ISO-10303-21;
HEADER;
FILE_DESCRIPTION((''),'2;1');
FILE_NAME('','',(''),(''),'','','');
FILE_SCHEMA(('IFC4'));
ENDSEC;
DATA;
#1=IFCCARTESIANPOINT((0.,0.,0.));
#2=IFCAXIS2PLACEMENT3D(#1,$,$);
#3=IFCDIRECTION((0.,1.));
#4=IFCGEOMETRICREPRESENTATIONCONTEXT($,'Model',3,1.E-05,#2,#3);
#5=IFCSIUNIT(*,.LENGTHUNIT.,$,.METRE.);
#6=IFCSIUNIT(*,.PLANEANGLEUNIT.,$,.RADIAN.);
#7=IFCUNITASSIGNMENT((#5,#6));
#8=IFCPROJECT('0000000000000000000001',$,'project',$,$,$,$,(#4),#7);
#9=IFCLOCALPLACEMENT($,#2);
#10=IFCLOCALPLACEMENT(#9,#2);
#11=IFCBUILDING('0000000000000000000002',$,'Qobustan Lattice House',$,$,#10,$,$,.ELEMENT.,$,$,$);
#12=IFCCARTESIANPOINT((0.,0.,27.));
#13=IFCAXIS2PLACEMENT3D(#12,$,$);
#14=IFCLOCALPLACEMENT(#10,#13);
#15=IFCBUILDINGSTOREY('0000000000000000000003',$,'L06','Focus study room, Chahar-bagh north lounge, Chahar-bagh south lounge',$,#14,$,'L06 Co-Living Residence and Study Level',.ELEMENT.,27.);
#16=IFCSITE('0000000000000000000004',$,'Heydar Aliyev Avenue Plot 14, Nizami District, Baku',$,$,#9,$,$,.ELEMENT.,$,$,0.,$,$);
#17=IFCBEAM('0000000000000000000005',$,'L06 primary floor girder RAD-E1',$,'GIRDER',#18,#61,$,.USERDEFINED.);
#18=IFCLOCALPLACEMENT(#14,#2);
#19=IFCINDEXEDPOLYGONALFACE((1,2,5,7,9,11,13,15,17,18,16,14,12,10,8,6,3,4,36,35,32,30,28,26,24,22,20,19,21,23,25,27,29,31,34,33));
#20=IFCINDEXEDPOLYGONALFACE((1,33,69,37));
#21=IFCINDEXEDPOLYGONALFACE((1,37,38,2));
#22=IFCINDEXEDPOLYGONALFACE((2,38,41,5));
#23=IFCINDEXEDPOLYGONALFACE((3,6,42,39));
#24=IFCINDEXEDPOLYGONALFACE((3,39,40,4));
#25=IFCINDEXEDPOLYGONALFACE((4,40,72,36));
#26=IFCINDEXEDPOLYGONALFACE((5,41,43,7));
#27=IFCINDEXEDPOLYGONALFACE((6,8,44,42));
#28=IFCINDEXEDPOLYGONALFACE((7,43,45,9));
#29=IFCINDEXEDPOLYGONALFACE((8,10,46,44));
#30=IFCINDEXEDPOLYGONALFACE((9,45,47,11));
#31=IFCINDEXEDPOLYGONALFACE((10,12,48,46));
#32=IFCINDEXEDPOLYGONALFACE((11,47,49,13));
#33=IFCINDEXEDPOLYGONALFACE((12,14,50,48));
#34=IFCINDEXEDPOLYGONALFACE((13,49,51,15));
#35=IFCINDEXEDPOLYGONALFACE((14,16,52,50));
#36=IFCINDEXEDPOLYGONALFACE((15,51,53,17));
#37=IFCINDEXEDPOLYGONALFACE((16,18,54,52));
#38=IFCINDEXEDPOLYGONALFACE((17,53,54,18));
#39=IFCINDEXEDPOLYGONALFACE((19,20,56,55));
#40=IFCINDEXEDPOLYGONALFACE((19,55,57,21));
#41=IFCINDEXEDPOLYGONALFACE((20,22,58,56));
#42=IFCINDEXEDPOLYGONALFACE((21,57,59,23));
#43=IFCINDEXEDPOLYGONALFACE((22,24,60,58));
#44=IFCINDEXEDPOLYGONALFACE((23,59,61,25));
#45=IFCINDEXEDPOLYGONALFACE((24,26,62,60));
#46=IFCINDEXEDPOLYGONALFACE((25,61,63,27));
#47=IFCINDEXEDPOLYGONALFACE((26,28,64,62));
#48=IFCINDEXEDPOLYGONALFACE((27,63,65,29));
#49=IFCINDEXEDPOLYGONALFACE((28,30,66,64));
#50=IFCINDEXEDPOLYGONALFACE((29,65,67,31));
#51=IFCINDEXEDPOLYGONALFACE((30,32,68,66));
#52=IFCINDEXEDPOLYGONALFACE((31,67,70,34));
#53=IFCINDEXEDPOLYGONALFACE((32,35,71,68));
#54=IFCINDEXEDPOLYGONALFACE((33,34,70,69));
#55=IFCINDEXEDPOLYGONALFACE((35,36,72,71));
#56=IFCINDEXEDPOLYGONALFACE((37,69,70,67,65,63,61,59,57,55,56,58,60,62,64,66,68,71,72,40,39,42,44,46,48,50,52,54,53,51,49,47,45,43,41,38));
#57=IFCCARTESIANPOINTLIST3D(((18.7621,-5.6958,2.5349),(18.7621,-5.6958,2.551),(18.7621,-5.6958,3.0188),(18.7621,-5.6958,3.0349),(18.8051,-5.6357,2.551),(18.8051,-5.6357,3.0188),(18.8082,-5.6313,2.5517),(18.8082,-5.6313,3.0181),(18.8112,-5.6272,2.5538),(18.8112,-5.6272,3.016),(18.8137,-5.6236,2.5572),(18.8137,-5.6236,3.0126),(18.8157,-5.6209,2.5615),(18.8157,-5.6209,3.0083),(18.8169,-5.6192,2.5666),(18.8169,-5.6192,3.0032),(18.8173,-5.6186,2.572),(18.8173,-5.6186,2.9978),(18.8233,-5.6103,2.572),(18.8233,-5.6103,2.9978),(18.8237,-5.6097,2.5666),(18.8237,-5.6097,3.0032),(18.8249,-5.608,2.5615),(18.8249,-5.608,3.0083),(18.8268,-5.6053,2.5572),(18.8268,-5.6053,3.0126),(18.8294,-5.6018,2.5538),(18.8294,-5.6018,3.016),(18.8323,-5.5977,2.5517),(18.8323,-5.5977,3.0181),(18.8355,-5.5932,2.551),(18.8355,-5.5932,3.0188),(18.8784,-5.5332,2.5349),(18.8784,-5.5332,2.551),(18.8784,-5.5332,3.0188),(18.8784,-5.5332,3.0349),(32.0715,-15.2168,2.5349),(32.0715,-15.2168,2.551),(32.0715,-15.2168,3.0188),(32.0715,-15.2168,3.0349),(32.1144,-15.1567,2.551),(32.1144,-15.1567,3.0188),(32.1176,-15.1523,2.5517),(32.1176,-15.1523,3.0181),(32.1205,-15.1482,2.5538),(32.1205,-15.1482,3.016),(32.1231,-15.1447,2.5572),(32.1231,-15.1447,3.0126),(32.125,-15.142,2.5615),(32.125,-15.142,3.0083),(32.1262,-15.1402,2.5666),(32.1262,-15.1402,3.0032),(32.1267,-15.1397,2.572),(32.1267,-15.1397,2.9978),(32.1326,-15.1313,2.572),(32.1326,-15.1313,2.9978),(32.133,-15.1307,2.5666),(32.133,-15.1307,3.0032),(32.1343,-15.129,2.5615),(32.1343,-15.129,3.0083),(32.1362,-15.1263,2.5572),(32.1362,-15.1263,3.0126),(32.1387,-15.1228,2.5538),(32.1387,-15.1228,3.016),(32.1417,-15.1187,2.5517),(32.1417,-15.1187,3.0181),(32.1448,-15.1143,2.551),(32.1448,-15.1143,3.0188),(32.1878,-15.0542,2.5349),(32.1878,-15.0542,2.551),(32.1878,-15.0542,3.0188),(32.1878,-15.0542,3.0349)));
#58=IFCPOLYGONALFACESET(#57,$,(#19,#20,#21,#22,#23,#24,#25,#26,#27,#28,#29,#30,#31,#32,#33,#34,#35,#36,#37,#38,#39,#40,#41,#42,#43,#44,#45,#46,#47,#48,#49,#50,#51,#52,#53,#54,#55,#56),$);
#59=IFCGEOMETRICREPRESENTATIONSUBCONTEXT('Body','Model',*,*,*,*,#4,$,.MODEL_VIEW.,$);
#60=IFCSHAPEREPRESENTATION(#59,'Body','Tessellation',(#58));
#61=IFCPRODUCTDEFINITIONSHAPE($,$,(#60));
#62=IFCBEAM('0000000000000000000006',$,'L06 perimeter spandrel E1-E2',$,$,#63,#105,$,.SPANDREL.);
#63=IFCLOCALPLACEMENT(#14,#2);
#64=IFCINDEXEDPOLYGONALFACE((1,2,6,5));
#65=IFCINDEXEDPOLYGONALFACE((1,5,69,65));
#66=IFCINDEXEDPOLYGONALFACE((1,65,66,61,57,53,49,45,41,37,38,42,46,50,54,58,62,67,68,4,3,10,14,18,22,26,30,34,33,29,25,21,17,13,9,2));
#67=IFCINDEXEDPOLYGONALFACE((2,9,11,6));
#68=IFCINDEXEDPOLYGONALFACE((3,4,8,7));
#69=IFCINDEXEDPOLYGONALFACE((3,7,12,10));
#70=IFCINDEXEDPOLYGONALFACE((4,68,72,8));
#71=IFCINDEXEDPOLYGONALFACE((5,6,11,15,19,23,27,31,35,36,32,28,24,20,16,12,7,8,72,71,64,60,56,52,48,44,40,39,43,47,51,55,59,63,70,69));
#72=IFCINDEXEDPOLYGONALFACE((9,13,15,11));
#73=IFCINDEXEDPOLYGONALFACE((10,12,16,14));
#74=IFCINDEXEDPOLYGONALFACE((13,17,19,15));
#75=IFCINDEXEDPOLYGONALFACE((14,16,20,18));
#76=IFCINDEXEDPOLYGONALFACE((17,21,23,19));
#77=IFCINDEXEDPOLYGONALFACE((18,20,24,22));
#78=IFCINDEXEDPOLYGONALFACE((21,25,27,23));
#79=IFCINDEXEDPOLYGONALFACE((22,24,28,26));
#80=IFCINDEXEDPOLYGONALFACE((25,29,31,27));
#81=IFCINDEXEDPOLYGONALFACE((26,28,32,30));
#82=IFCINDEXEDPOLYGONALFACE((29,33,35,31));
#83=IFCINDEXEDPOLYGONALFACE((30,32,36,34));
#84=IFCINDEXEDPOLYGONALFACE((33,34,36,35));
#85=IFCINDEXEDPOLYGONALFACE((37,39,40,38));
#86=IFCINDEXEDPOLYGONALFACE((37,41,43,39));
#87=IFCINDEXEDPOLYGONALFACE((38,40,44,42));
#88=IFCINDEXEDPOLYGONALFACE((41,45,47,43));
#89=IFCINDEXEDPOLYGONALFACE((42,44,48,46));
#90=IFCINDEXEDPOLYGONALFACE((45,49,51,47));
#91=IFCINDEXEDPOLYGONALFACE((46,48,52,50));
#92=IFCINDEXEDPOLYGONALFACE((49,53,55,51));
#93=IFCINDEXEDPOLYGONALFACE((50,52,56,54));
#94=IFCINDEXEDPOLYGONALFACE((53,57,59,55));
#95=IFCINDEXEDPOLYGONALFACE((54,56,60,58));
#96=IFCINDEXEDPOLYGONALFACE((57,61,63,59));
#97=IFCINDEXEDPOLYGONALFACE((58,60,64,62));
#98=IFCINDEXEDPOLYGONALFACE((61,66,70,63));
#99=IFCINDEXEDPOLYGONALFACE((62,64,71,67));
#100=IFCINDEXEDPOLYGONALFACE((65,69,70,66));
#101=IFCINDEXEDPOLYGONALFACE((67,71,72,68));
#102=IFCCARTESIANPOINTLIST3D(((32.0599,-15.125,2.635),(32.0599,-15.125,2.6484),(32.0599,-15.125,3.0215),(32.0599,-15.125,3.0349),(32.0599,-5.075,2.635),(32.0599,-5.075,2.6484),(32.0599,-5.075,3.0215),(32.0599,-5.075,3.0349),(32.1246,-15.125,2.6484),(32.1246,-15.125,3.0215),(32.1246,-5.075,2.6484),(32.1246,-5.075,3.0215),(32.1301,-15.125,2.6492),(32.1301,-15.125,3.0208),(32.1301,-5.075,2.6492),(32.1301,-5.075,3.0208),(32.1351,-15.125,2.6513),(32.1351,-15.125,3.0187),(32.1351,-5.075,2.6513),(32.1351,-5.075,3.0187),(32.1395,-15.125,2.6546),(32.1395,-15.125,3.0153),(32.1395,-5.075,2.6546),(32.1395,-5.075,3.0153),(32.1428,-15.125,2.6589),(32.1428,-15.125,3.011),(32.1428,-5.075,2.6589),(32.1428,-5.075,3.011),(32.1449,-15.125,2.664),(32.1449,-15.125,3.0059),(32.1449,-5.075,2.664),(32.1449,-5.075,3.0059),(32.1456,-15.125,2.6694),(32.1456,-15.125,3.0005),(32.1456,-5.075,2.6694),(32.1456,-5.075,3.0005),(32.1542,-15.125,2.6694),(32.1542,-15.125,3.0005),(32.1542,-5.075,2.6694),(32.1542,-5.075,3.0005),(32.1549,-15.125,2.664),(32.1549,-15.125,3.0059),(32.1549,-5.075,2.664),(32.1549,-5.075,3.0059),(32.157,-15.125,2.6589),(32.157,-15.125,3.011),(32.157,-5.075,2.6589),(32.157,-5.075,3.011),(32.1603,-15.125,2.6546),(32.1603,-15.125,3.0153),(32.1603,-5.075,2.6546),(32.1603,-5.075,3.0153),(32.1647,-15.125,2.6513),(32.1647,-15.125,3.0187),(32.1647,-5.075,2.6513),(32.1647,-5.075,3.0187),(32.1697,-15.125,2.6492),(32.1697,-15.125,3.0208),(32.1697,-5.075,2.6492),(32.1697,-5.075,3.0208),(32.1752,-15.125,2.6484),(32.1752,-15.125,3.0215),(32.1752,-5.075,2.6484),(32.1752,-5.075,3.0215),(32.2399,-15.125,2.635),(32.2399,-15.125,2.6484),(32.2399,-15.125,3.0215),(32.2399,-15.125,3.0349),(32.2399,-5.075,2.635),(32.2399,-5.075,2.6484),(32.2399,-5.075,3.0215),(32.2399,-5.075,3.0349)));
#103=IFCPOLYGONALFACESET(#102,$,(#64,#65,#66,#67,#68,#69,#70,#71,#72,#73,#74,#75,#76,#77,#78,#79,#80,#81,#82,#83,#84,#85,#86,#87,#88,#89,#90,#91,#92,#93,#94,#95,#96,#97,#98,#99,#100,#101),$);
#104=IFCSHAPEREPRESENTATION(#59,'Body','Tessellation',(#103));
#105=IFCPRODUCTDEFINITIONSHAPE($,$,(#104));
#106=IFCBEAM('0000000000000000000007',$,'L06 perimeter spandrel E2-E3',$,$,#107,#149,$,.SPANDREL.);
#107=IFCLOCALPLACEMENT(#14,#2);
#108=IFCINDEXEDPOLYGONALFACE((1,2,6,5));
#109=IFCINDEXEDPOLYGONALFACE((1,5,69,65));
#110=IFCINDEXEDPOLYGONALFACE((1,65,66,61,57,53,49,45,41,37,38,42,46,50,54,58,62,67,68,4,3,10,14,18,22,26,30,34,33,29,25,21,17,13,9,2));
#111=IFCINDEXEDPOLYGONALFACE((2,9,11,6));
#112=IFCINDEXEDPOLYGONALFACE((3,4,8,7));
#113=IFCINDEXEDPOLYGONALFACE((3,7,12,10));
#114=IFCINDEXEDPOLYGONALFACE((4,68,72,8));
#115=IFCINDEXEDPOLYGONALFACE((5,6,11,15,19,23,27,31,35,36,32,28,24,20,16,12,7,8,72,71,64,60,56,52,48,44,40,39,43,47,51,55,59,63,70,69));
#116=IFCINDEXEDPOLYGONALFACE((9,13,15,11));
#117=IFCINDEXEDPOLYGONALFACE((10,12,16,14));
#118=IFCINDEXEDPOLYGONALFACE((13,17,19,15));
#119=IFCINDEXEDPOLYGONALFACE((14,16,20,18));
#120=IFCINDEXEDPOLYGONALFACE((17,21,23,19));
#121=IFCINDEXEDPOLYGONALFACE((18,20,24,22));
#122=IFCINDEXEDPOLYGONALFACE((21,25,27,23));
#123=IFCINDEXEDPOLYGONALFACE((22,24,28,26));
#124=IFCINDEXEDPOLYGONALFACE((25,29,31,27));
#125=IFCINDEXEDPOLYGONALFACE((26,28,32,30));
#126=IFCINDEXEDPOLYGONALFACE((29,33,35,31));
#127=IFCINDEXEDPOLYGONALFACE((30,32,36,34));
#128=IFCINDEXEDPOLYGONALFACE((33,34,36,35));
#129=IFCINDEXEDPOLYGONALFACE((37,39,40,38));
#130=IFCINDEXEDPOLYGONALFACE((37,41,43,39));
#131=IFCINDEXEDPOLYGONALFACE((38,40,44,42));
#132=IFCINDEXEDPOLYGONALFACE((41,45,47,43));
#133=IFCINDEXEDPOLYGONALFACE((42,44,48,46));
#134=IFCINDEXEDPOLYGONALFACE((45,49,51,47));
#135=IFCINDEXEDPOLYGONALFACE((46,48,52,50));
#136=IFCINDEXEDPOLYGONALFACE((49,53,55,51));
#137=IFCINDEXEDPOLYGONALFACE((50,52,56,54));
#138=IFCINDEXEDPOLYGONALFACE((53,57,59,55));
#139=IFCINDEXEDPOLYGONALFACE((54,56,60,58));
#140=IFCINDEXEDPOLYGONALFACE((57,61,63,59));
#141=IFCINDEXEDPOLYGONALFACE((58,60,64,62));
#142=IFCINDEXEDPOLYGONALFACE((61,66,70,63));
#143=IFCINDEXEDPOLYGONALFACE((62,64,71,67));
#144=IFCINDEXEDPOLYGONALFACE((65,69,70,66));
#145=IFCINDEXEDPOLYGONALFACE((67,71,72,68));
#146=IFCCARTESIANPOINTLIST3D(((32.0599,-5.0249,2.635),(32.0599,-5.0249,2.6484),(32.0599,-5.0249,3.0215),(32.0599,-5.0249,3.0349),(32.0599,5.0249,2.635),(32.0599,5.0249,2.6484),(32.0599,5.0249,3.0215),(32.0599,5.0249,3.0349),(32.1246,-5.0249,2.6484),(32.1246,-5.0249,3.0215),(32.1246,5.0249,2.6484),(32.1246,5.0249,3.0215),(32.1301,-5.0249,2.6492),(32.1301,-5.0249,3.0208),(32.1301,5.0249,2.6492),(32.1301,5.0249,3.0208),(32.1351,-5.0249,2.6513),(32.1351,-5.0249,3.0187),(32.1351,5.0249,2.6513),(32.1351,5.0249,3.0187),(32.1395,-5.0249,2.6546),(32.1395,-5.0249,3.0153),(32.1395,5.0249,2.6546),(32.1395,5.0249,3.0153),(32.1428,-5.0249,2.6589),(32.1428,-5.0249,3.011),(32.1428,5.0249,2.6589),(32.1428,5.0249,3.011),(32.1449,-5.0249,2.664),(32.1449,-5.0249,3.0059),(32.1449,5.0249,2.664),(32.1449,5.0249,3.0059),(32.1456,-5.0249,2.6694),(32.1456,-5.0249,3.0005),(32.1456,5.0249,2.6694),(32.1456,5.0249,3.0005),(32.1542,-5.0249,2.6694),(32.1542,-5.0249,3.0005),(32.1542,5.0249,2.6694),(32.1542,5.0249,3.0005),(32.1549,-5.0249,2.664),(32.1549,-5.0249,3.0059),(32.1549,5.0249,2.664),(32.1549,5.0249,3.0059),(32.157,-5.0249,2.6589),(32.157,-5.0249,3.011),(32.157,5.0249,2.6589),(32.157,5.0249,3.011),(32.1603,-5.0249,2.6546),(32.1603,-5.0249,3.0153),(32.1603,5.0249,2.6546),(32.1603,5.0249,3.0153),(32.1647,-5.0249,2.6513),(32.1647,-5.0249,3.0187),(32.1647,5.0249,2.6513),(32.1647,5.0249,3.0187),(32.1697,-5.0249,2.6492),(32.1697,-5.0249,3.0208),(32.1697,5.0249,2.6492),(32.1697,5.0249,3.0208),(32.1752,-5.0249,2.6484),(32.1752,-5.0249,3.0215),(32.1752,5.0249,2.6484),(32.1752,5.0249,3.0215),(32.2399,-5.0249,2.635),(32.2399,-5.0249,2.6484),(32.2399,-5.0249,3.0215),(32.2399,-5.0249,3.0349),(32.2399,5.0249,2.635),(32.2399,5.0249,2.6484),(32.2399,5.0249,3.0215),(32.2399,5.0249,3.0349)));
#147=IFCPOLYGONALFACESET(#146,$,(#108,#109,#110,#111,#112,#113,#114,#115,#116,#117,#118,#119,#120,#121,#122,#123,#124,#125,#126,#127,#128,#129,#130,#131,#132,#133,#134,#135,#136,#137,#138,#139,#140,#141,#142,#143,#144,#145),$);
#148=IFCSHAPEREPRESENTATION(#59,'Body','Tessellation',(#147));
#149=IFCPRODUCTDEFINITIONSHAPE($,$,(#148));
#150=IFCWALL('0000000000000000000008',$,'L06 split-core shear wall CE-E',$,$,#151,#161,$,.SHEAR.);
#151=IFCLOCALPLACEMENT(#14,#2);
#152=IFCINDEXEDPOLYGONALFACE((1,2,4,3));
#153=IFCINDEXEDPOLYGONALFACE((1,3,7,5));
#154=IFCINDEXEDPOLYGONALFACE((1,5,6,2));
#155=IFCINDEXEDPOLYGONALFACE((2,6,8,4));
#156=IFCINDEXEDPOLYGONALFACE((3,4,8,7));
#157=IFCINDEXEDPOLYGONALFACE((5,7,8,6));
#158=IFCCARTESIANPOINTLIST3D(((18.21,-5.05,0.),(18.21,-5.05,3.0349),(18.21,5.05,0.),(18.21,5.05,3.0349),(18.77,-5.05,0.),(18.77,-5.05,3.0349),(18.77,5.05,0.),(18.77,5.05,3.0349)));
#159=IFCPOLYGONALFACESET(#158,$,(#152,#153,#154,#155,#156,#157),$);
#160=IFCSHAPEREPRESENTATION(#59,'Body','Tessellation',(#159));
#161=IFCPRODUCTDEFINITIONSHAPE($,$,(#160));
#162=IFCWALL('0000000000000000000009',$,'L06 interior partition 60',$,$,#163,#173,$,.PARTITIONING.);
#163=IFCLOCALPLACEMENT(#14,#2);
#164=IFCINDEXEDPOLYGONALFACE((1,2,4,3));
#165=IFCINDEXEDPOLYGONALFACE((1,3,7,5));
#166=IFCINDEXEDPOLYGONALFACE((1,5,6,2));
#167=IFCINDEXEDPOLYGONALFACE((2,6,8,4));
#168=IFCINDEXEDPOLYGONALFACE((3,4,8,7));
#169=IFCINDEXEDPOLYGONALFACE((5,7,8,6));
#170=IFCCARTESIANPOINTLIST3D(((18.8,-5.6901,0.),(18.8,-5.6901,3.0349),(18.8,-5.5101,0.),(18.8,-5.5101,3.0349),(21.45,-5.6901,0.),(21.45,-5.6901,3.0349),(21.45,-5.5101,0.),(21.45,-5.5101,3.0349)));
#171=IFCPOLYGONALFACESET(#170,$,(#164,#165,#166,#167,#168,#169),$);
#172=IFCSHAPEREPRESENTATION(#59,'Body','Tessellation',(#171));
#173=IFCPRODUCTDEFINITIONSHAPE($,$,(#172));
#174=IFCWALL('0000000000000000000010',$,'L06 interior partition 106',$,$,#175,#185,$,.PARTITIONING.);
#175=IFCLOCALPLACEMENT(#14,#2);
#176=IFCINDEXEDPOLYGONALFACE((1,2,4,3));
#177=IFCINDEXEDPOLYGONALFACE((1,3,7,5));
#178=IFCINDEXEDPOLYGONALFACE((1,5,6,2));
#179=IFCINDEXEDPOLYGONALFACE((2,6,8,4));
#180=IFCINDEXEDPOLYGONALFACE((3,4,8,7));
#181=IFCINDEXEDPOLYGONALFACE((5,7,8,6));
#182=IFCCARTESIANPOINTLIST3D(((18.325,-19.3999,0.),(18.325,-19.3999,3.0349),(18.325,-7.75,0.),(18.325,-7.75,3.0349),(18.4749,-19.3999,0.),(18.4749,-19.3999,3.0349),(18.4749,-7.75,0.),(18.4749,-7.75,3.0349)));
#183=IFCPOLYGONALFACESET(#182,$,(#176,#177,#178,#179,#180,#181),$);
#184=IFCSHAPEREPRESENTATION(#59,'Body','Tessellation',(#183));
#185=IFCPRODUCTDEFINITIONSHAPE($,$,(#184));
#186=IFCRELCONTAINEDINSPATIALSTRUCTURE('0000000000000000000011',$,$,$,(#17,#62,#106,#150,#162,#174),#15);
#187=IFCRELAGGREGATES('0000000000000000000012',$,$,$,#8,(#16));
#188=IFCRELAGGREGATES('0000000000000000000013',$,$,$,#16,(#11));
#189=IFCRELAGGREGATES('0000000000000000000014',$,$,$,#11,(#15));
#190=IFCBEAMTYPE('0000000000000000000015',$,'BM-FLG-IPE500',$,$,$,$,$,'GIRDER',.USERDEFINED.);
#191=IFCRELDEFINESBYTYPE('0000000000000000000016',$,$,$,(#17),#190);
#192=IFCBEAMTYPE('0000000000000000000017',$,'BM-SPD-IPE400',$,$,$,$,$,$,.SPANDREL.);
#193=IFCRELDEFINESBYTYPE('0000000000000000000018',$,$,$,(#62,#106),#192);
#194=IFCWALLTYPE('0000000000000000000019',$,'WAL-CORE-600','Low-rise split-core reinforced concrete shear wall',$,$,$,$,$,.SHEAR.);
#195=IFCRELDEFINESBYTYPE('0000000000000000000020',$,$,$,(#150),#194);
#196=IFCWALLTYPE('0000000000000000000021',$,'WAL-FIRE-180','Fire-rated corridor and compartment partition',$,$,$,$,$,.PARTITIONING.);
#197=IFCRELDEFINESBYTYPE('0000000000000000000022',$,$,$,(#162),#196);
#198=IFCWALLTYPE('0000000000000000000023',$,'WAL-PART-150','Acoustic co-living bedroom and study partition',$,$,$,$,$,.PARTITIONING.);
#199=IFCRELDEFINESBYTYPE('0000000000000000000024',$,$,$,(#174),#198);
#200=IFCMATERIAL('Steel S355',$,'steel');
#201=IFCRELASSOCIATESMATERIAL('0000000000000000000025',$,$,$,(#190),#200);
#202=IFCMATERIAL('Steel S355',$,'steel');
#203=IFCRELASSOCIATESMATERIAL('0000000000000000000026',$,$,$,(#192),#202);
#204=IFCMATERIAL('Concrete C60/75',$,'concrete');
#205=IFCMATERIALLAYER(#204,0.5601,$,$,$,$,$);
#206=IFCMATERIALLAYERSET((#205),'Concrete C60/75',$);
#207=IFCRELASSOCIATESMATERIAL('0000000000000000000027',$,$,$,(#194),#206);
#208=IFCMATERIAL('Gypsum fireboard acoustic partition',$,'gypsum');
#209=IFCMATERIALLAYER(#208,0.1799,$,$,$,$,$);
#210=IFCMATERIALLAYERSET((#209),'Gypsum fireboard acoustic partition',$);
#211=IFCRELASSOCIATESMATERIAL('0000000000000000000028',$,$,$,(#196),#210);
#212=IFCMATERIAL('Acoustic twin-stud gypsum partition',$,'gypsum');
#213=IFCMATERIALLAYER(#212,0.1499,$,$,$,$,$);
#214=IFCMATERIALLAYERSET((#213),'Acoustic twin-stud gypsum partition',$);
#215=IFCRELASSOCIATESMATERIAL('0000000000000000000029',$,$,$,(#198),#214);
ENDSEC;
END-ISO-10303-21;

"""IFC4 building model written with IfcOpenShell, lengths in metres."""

from ifc_helpers import new_model, si_unit, direction, frame, frame_2d, origin, origin_2d, place, context, subcontext, project, spatial, rectangle, i_section, extrude, material, layer, layer_set, material_profile, profile_set, type_object, element, save


model = new_model("IFC4")

# Units and contexts
model_context = context("Model", 3, precision=1e-05, world=origin(), true_north=direction((0.0, 1.0)))
body_context = subcontext(model_context, "Body", "Model", "MODEL_VIEW")
ifc_project = project(units=[si_unit("LENGTHUNIT", "METRE"), si_unit("PLANEANGLEUNIT", "RADIAN")], contexts=[model_context])

# Site, building, storey
site_placement = place(None, origin())
site = spatial("IfcSite", under=ifc_project, at=site_placement, Name="Heydar Aliyev Avenue Plot 14, Nizami District, Baku", CompositionType="ELEMENT", RefElevation=0.0)
building_placement = place(site_placement, origin())
building = spatial("IfcBuilding", under=site, at=building_placement, Name="Qobustan Lattice House", CompositionType="ELEMENT")
storey_placement = place(building_placement, frame((0.0, 0.0, 27.0)))
storey = spatial("IfcBuildingStorey", under=building, at=storey_placement, Name="L06", Description="Focus study room, Chahar-bagh north lounge, Chahar-bagh south lounge", LongName="L06 Co-Living Residence and Study Level", CompositionType="ELEMENT", Elevation=27.0)

# Beams
ifc_material_1 = material(Name="Steel S355", Category="steel")
ifc_material_profile_1 = material_profile(ifc_material_1, i_section(OverallWidth=0.2, OverallDepth=0.5, WebThickness=0.0103, FlangeThickness=0.0161, FilletRadius=0.021, at=origin_2d()), Name="IPE500")
ifc_profile_set_1 = profile_set([ifc_material_profile_1], Name="Steel S355")
beam_type_1 = type_object("IfcBeamType", Name="BM-FLG-IPE500", ElementType="GIRDER", PredefinedType="USERDEFINED", material=ifc_profile_set_1)
beam_1_placement = place(storey_placement, frame((32.1296, -15.1355, 2.7849), z_axis=(-0.813319, 0.581818, 0.0), x_axis=(-0.581818, -0.813319, 0.0)))
element("IfcBeam", 1, at=beam_1_placement, inside=storey, type_object=beam_type_1, Name="L06 primary floor girder RAD-E1", ObjectType="GIRDER", PredefinedType="USERDEFINED", context=body_context, shape_type="SweptSolid", body=[
    extrude(i_section(OverallWidth=0.2, OverallDepth=0.5, WebThickness=0.0103, FlangeThickness=0.0161, FilletRadius=0.021, at=origin_2d()), origin(), (0.0, 0.0, 1.0), 16.3643),
])
ifc_material_2 = material(Name="Steel S355", Category="steel")
ifc_material_profile_2 = material_profile(ifc_material_2, i_section(OverallWidth=0.1799, OverallDepth=0.3999, WebThickness=0.0085, FlangeThickness=0.0134, FilletRadius=0.021, at=origin_2d()), Name="IPE400")
ifc_profile_set_2 = profile_set([ifc_material_profile_2], Name="Steel S355")
beam_type_2 = type_object("IfcBeamType", Name="BM-SPD-IPE400", PredefinedType="SPANDREL", material=ifc_profile_set_2)
beam_2_placement = place(storey_placement, frame((32.1499, -15.125, 2.835), z_axis=(0.0, 1.0, 0.0), x_axis=(-1.0, 0.0, 0.0)))
element("IfcBeam", 2, at=beam_2_placement, inside=storey, type_object=beam_type_2, Name="L06 perimeter spandrel E1-E2", PredefinedType="SPANDREL", context=body_context, shape_type="SweptSolid", body=[
    extrude(i_section(OverallWidth=0.1799, OverallDepth=0.3999, WebThickness=0.0085, FlangeThickness=0.0134, FilletRadius=0.021, at=origin_2d()), origin(), (0.0, 0.0, 1.0), 10.05),
])
beam_3_placement = place(storey_placement, frame((32.1499, -5.0249, 2.835), z_axis=(0.0, 1.0, 0.0), x_axis=(-1.0, 0.0, 0.0)))
element("IfcBeam", 3, at=beam_3_placement, inside=storey, type_object=beam_type_2, Name="L06 perimeter spandrel E2-E3", PredefinedType="SPANDREL", context=body_context, shape_type="SweptSolid", body=[
    extrude(i_section(OverallWidth=0.1799, OverallDepth=0.3999, WebThickness=0.0085, FlangeThickness=0.0134, FilletRadius=0.021, at=origin_2d()), origin(), (0.0, 0.0, 1.0), 10.0498),
])

# Walls
ifc_material_3 = material(Name="Concrete C60/75", Category="concrete")
ifc_layer_1 = layer(ifc_material_3, 0.5601)
ifc_layer_set_1 = layer_set([ifc_layer_1], Name="Concrete C60/75")
wall_type_1 = type_object("IfcWallType", Name="WAL-CORE-600", Description="Low-rise split-core reinforced concrete shear wall", PredefinedType="SHEAR", material=ifc_layer_set_1)
wall_1_placement = place(storey_placement, frame((18.49, -5.05, 0.0), z_axis=(0.0, 0.0, 1.0), x_axis=(0.0, 1.0, 0.0)))
element("IfcWall", 4, at=wall_1_placement, inside=storey, type_object=wall_type_1, Name="L06 split-core shear wall CE-E", PredefinedType="SHEAR", context=body_context, shape_type="SweptSolid", body=[
    extrude(rectangle(XDim=10.1001, YDim=0.5601, at=frame_2d((5.05, 0.0))), origin(), (0.0, 0.0, 1.0), 3.0349),
])
ifc_material_4 = material(Name="Gypsum fireboard acoustic partition", Category="gypsum")
ifc_layer_2 = layer(ifc_material_4, 0.1799)
ifc_layer_set_2 = layer_set([ifc_layer_2], Name="Gypsum fireboard acoustic partition")
wall_type_2 = type_object("IfcWallType", Name="WAL-FIRE-180", Description="Fire-rated corridor and compartment partition", PredefinedType="PARTITIONING", material=ifc_layer_set_2)
wall_2_placement = place(storey_placement, frame((18.8, -5.6001, 0.0), z_axis=(0.0, 0.0, 1.0), x_axis=(1.0, 0.0, 0.0)))
element("IfcWall", 5, at=wall_2_placement, inside=storey, type_object=wall_type_2, Name="L06 interior partition 60", PredefinedType="PARTITIONING", context=body_context, shape_type="SweptSolid", body=[
    extrude(rectangle(XDim=2.6499, YDim=0.1799, at=frame_2d((1.325, 0.0))), origin(), (0.0, 0.0, 1.0), 3.0349),
])

# Shared definitions
ifc_material_5 = material(Name="Acoustic twin-stud gypsum partition", Category="gypsum")
ifc_layer_3 = layer(ifc_material_5, 0.1499)
ifc_layer_set_3 = layer_set([ifc_layer_3], Name="Acoustic twin-stud gypsum partition")
wall_type_3 = type_object("IfcWallType", Name="WAL-PART-150", Description="Acoustic co-living bedroom and study partition", PredefinedType="PARTITIONING", material=ifc_layer_set_3)

# Wall
wall_3_placement = place(storey_placement, frame((18.3999, -7.75, 0.0), z_axis=(0.0, 0.0, 1.0), x_axis=(0.0, -1.0, 0.0)))
element("IfcWall", 6, at=wall_3_placement, inside=storey, type_object=wall_type_3, Name="L06 interior partition 106", PredefinedType="PARTITIONING", context=body_context, shape_type="SweptSolid", body=[
    extrude(rectangle(XDim=11.6499, YDim=0.1499, at=frame_2d((5.825, 0.0))), origin(), (0.0, 0.0, 1.0), 3.0349),
])

save(model, "model.ifc")
